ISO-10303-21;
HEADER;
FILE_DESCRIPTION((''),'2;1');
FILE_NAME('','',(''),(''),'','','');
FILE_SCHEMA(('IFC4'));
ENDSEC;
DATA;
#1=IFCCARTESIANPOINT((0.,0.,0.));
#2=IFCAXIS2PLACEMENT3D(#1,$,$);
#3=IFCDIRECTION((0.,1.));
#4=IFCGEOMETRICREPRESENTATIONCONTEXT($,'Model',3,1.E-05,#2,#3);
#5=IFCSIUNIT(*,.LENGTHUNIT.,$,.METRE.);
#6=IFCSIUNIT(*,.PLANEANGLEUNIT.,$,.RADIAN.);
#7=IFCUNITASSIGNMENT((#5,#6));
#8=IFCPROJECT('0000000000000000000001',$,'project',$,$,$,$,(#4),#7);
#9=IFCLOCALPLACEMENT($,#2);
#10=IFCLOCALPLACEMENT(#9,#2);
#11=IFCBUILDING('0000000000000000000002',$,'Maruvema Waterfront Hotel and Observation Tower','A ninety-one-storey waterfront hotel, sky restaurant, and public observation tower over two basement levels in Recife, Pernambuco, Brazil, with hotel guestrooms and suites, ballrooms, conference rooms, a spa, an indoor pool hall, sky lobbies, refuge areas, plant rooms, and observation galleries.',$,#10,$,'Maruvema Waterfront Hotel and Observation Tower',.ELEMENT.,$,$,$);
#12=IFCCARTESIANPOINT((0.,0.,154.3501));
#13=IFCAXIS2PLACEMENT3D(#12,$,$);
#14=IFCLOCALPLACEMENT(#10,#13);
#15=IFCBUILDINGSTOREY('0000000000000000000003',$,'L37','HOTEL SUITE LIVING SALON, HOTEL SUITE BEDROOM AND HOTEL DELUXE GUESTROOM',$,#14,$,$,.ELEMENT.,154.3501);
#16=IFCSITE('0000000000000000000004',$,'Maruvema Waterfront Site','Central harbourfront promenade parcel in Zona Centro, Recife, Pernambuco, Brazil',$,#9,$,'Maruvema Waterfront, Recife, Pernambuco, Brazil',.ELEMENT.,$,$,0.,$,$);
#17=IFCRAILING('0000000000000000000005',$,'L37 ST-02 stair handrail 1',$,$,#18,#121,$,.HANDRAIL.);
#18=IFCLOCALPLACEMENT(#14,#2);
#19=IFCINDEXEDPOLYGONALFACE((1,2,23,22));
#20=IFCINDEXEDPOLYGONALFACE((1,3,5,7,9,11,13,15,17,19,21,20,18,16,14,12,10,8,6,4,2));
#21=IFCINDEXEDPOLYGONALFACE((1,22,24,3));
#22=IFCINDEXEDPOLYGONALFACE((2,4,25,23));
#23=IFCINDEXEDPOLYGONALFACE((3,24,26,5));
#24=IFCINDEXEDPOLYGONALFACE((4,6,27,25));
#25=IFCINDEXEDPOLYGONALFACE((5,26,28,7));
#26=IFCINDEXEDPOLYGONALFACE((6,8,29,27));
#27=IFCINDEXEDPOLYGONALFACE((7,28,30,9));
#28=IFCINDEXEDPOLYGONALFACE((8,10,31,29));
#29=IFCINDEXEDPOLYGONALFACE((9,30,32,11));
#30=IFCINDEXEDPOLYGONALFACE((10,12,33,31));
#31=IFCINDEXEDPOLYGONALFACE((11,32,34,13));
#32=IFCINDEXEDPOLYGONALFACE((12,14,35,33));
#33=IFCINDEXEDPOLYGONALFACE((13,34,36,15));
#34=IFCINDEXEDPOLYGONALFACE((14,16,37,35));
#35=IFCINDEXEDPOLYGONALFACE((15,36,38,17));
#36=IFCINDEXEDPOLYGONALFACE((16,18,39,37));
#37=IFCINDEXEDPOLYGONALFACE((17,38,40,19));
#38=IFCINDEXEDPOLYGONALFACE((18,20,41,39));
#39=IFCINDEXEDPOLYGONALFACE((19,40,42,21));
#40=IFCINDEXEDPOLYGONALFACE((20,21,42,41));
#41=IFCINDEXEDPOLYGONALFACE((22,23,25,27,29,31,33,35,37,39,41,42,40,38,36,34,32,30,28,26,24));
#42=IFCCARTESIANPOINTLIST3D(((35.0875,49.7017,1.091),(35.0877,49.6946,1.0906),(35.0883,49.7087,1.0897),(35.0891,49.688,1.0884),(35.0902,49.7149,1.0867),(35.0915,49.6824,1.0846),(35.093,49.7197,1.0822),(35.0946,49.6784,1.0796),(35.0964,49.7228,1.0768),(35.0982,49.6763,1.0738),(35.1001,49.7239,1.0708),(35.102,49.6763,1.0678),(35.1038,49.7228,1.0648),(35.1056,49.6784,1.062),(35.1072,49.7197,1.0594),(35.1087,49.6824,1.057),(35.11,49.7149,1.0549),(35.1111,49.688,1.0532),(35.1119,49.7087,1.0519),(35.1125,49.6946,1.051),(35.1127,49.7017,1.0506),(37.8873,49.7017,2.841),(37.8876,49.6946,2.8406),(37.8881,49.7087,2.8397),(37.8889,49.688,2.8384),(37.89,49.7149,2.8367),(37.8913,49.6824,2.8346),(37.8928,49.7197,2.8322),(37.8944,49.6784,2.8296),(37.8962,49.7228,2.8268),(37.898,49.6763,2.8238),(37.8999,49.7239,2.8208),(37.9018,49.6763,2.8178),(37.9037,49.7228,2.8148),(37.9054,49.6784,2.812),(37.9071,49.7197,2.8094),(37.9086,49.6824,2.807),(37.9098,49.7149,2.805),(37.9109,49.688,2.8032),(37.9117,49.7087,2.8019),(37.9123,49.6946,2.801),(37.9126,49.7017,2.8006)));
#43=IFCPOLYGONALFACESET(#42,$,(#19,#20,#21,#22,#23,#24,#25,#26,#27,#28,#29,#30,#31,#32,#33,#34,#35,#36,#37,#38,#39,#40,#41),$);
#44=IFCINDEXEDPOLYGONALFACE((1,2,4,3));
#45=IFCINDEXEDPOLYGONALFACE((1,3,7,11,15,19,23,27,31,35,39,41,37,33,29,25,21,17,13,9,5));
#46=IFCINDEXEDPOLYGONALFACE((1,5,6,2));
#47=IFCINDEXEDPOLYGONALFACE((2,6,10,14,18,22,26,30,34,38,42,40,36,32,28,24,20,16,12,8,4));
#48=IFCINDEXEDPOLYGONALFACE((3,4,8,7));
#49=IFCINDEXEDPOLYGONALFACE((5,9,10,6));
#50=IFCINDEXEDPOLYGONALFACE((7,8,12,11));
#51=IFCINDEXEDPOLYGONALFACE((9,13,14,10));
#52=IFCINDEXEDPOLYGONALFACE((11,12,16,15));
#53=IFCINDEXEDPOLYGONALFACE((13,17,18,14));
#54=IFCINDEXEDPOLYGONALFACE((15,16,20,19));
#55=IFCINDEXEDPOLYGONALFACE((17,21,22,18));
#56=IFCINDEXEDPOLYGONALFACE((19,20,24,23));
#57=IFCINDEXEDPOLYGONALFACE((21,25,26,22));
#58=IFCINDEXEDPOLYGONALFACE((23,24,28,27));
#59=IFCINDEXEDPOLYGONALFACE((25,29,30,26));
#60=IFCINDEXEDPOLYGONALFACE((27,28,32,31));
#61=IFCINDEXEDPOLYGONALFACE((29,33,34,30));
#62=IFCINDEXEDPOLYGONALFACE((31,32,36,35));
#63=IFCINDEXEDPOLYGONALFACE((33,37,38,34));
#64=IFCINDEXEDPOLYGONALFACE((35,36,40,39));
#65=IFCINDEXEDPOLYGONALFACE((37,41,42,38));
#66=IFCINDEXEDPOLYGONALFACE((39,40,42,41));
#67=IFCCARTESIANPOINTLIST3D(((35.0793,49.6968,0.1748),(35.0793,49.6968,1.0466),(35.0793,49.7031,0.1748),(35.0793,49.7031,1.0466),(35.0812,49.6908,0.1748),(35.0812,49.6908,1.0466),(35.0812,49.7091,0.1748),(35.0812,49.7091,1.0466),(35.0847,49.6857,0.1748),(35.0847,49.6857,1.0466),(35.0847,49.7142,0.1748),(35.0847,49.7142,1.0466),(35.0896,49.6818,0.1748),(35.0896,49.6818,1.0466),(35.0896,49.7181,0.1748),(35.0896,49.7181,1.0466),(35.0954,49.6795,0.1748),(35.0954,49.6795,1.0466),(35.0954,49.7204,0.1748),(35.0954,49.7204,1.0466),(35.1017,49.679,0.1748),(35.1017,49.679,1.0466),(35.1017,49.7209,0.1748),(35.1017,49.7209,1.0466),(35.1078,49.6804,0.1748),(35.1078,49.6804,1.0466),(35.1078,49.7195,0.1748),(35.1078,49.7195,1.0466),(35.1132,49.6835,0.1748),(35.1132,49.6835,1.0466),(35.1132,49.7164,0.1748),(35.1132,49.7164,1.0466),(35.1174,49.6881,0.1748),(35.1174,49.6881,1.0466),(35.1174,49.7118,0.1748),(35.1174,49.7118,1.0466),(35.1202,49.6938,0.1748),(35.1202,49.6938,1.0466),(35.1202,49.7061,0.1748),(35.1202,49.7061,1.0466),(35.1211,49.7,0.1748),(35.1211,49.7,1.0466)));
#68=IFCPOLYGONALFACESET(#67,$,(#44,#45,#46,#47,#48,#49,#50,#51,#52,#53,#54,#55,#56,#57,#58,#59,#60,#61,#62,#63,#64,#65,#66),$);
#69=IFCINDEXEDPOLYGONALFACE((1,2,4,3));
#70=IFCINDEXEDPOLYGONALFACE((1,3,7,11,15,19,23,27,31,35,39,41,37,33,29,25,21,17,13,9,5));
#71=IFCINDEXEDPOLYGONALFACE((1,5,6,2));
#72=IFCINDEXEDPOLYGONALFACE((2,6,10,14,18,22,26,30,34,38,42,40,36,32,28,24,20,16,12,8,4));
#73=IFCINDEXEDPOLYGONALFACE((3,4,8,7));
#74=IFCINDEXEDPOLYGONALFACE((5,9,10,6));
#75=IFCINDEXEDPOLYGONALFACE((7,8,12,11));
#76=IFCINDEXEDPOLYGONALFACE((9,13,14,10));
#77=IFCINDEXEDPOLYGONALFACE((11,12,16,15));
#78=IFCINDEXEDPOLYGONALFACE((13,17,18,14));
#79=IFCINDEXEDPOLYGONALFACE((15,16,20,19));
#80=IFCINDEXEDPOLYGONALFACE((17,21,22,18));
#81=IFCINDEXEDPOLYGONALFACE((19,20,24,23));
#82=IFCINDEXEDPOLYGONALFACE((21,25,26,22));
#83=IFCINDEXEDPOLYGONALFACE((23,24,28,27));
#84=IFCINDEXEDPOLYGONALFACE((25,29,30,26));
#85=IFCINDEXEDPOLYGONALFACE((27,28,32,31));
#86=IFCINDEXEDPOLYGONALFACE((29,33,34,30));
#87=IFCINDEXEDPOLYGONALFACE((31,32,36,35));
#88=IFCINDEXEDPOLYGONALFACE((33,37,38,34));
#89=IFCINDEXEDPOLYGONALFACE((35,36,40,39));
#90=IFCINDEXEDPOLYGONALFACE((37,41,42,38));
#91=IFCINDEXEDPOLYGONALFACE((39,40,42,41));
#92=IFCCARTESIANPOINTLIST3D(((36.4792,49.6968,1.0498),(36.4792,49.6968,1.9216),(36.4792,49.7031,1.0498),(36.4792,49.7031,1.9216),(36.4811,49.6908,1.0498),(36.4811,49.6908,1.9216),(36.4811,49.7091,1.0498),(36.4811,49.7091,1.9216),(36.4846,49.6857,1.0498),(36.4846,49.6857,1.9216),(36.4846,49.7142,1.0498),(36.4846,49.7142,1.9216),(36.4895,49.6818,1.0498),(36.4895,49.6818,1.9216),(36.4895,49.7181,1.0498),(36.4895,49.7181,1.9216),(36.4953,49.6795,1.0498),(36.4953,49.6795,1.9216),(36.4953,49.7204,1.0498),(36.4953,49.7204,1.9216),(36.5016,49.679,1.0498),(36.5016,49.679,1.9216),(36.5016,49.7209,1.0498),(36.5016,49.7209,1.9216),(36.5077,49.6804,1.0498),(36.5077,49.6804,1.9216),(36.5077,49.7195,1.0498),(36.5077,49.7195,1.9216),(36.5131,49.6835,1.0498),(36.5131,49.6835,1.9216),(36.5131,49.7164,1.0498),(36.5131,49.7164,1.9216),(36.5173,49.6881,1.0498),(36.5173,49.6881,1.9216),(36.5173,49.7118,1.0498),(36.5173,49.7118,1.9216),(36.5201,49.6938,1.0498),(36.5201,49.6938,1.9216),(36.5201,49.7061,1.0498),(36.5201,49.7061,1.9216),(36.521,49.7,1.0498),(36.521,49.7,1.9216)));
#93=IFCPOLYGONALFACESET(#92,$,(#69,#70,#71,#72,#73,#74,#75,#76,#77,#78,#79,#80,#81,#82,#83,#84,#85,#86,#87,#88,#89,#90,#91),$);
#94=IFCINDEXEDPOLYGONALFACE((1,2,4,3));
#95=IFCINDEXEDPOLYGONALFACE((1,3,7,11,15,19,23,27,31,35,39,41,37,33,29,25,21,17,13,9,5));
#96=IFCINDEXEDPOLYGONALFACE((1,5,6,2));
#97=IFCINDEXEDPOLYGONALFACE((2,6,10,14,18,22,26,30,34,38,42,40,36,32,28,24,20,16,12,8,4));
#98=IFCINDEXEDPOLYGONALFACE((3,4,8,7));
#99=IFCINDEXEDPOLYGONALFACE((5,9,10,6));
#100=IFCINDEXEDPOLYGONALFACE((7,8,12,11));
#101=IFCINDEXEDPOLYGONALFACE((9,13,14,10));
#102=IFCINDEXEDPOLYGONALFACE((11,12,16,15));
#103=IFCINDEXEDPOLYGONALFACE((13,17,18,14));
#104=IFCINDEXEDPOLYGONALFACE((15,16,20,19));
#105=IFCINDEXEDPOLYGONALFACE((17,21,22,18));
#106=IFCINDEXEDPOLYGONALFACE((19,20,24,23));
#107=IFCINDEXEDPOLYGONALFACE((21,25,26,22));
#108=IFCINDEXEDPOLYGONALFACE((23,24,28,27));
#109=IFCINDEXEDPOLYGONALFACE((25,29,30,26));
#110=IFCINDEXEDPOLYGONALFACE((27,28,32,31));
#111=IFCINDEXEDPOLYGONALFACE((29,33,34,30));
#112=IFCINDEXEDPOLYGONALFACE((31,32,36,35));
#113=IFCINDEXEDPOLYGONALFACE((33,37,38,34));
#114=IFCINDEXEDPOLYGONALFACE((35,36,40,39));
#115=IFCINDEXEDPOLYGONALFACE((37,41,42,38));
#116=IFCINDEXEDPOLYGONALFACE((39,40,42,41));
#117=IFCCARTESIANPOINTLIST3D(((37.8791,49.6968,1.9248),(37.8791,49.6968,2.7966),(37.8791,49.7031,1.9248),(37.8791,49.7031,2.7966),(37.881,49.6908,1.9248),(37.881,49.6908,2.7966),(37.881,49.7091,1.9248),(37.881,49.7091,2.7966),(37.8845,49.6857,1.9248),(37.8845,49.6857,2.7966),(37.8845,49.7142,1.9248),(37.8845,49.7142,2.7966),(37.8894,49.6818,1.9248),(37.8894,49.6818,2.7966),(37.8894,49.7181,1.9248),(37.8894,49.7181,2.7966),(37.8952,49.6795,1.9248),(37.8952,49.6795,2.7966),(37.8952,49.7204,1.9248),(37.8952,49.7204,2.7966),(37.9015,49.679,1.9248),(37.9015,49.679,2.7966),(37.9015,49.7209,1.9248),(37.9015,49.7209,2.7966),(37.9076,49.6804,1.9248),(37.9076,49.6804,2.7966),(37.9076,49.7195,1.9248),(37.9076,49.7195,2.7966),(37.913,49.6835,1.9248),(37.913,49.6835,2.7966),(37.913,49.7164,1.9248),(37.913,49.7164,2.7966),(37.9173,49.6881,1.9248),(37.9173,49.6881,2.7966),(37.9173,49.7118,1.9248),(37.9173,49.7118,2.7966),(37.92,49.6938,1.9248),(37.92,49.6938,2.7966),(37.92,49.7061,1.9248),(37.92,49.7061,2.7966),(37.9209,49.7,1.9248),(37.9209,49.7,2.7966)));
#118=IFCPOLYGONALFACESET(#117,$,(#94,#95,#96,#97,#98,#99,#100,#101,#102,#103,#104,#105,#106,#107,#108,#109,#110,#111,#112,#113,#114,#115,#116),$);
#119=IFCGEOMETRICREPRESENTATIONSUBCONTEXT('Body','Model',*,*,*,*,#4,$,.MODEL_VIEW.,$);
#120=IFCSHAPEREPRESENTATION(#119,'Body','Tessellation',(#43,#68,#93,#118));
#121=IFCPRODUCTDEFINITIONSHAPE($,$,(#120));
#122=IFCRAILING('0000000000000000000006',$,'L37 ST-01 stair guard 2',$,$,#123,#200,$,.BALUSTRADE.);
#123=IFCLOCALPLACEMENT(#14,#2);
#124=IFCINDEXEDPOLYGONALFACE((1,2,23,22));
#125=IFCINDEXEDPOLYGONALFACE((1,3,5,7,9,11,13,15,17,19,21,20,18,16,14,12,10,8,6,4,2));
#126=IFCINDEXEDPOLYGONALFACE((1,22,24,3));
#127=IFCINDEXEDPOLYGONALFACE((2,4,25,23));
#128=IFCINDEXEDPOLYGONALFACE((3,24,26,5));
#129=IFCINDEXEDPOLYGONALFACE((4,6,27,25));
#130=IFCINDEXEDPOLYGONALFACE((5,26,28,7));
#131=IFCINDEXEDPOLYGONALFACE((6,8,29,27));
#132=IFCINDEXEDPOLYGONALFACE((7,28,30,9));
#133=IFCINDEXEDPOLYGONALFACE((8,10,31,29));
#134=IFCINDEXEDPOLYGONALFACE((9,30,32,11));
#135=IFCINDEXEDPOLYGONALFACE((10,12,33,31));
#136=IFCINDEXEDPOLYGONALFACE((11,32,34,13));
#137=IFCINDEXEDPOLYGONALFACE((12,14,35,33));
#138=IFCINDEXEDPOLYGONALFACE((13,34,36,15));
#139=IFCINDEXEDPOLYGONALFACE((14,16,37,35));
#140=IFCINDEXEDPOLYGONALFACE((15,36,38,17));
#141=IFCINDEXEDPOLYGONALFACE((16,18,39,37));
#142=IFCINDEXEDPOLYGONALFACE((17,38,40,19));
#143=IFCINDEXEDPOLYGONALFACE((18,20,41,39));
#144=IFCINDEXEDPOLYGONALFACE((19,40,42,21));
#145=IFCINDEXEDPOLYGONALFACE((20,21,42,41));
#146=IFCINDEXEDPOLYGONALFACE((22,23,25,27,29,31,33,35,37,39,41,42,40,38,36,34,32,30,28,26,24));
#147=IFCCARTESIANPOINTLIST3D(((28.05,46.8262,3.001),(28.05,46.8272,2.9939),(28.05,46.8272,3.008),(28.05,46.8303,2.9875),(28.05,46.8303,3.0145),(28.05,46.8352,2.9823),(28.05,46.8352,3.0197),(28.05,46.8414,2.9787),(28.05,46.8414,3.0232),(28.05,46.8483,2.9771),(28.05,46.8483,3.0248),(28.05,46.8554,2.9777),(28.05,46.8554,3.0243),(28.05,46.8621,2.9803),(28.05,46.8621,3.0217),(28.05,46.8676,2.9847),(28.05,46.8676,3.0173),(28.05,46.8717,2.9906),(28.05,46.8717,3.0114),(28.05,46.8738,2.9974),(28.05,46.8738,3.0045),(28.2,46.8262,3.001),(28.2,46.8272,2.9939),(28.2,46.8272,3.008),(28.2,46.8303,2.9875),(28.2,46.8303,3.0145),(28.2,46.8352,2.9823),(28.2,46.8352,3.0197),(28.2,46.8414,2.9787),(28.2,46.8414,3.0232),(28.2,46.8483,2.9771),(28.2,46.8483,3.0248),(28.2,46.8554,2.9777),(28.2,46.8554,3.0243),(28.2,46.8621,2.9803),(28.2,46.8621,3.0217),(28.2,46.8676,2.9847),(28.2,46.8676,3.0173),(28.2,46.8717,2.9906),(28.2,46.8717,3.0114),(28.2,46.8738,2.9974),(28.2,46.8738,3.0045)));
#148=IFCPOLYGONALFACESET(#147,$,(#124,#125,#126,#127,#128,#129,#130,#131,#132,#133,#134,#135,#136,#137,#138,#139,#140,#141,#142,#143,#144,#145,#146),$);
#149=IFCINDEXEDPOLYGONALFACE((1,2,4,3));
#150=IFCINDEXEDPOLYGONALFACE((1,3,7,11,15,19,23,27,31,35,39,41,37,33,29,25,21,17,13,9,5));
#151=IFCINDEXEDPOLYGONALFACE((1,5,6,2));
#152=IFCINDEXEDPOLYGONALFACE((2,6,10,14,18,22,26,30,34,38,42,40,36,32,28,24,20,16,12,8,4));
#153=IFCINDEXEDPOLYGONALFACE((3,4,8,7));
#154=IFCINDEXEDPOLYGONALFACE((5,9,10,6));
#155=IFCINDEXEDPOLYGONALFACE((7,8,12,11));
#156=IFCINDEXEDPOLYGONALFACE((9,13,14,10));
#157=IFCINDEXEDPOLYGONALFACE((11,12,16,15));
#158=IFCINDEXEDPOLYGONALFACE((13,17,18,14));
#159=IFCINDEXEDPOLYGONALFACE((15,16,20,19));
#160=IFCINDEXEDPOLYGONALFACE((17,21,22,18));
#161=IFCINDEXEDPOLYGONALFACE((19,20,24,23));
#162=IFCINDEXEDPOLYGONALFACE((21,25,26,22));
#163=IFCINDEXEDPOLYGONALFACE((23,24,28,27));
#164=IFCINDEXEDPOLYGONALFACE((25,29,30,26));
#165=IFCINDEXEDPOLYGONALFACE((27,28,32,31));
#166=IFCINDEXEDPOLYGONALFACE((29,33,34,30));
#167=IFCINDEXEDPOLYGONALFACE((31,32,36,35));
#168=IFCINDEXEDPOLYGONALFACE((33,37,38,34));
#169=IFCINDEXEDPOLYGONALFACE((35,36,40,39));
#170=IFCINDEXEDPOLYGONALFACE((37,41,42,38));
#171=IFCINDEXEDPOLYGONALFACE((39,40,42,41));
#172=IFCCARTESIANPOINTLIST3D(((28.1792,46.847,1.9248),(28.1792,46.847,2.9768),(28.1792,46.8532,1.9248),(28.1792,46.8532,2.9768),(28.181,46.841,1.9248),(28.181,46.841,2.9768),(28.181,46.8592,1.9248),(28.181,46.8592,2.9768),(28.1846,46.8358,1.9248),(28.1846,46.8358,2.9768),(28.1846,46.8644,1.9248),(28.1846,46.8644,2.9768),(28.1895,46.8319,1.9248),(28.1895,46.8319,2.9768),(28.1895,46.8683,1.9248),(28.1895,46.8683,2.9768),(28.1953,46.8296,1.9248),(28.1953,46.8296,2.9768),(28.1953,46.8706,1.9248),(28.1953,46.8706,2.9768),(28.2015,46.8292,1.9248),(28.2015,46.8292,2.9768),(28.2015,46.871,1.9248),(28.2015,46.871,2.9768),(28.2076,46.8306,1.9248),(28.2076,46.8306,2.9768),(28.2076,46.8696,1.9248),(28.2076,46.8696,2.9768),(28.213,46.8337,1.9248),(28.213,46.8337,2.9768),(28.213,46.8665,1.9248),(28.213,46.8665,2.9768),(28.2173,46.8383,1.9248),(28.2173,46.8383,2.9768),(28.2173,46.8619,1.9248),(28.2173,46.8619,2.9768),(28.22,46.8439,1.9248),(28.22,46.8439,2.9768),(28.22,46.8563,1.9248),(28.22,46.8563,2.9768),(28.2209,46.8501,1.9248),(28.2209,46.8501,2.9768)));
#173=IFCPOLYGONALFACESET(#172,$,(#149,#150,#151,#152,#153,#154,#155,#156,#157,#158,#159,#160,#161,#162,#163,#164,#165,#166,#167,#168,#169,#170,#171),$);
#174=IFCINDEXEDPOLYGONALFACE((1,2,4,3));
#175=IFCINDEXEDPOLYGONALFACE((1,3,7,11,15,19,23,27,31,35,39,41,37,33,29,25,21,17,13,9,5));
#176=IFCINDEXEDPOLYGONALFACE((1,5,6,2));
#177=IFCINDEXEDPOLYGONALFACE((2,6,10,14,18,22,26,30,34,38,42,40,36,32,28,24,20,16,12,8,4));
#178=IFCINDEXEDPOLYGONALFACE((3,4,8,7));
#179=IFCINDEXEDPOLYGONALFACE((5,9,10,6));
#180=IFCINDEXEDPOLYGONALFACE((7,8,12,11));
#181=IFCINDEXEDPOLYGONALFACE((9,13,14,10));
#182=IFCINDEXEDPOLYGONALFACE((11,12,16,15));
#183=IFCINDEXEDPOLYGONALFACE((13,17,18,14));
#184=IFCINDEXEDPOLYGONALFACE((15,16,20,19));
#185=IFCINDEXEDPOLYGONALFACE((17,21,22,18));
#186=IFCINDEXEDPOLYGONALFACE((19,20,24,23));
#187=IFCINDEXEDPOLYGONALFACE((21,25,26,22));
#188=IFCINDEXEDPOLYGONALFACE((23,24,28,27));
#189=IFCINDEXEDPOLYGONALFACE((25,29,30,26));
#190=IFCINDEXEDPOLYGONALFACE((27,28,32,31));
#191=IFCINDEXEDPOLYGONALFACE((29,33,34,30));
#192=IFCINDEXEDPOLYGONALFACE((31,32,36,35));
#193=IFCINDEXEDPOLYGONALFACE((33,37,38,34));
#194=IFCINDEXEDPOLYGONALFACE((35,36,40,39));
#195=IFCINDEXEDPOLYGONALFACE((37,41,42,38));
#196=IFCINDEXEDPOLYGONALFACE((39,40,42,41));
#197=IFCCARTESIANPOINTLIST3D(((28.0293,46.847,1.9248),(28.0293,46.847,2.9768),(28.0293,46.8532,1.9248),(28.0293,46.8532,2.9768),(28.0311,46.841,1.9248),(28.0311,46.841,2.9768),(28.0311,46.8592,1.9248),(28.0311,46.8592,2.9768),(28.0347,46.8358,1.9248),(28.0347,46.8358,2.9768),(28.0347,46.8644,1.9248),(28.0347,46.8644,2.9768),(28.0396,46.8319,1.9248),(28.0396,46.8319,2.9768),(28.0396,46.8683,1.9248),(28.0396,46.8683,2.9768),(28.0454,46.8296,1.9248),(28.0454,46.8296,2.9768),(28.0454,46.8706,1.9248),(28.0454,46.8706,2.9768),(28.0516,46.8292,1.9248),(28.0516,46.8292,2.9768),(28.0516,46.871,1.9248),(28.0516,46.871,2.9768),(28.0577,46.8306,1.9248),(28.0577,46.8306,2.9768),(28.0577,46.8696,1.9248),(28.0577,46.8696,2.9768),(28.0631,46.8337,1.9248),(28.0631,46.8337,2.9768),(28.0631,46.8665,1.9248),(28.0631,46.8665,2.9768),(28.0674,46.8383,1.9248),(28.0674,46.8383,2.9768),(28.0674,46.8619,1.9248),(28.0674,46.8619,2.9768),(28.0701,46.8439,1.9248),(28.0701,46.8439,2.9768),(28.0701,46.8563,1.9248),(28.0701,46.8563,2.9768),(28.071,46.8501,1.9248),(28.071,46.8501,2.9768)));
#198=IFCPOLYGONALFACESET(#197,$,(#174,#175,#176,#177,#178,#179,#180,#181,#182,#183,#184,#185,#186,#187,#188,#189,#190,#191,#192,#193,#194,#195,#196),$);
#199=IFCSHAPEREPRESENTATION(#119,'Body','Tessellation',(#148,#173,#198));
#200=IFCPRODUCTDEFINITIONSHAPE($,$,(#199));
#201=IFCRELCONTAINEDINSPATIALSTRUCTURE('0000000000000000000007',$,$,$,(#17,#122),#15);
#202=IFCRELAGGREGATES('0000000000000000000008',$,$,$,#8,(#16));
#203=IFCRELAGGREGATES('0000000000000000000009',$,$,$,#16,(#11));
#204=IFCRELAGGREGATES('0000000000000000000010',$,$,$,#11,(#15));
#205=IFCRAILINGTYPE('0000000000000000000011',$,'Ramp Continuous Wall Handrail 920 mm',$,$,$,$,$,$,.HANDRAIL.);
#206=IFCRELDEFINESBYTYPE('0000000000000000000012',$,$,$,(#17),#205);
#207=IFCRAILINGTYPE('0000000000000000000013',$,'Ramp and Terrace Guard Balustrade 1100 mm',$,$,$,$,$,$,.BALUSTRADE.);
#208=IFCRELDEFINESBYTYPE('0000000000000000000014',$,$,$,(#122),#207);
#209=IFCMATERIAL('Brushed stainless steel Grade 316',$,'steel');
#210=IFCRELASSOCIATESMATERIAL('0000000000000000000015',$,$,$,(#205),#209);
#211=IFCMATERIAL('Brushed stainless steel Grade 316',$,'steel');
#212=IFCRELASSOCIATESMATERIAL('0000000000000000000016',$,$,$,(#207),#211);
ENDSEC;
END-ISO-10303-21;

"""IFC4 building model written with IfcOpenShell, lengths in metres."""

from ifc_helpers import new_model, si_unit, direction, frame, origin, origin_2d, place, context, subcontext, project, spatial, circle, extrude, material, type_object, element, save


model = new_model("IFC4")

# Units and contexts
model_context = context("Model", 3, precision=1e-05, world=origin(), true_north=direction((0.0, 1.0)))
body_context = subcontext(model_context, "Body", "Model", "MODEL_VIEW")
ifc_project = project(units=[si_unit("LENGTHUNIT", "METRE"), si_unit("PLANEANGLEUNIT", "RADIAN")], contexts=[model_context])

# Site, building, storey
site_placement = place(None, origin())
site = spatial("IfcSite", under=ifc_project, at=site_placement, Name="Maruvema Waterfront Site", Description="Central harbourfront promenade parcel in Zona Centro, Recife, Pernambuco, Brazil", LongName="Maruvema Waterfront, Recife, Pernambuco, Brazil", CompositionType="ELEMENT", RefElevation=0.0)
building_placement = place(site_placement, origin())
building = spatial("IfcBuilding", under=site, at=building_placement, Name="Maruvema Waterfront Hotel and Observation Tower", Description="A ninety-one-storey waterfront hotel, sky restaurant, and public observation tower over two basement levels in Recife, Pernambuco, Brazil, with hotel guestrooms and suites, ballrooms, conference rooms, a spa, an indoor pool hall, sky lobbies, refuge areas, plant rooms, and observation galleries.", LongName="Maruvema Waterfront Hotel and Observation Tower", CompositionType="ELEMENT")
storey_placement = place(building_placement, frame((0.0, 0.0, 154.3501)))
storey = spatial("IfcBuildingStorey", under=building, at=storey_placement, Name="L37", Description="HOTEL SUITE LIVING SALON, HOTEL SUITE BEDROOM AND HOTEL DELUXE GUESTROOM", CompositionType="ELEMENT", Elevation=154.3501)

# Railings
ifc_material_1 = material(Name="Brushed stainless steel Grade 316", Category="steel")
railing_type_1 = type_object("IfcRailingType", Name="Ramp Continuous Wall Handrail 920 mm", PredefinedType="HANDRAIL", material=ifc_material_1)
railing_1_placement = place(storey_placement, frame((35.1001, 49.7, 0.1748)))
element("IfcRailing", 1, at=railing_1_placement, inside=storey, type_object=railing_type_1, Name="L37 ST-02 stair handrail 1", PredefinedType="HANDRAIL", context=body_context, shape_type="SweptSolid", body=[
    extrude(circle(Radius=0.0239, at=origin_2d()), frame((0.0, 0.0, 0.896), z_axis=(0.847982, 0.0, 0.530026), x_axis=(0.0, 1.0, 0.0)), (0.0, 0.0, 1.0), 3.3018),
    extrude(circle(Radius=0.021, at=origin_2d()), origin(), (0.0, 0.0, 1.0), 0.8718),
    extrude(circle(Radius=0.021, at=origin_2d()), frame((1.3999, 0.0, 0.875)), (0.0, 0.0, 1.0), 0.8718),
    extrude(circle(Radius=0.021, at=origin_2d()), frame((2.7998, 0.0, 1.75)), (0.0, 0.0, 1.0), 0.8718),
])
ifc_material_2 = material(Name="Brushed stainless steel Grade 316", Category="steel")
railing_type_2 = type_object("IfcRailingType", Name="Ramp and Terrace Guard Balustrade 1100 mm", PredefinedType="BALUSTRADE", material=ifc_material_2)
railing_2_placement = place(storey_placement, frame((28.2, 46.8501, 1.9248)))
element("IfcRailing", 2, at=railing_2_placement, inside=storey, type_object=railing_type_2, Name="L37 ST-01 stair guard 2", PredefinedType="BALUSTRADE", context=body_context, shape_type="SweptSolid", body=[
    extrude(circle(Radius=0.0239, at=origin_2d()), frame((0.0, 0.0, 1.0762), z_axis=(-1.0, 0.0, 0.0), x_axis=(0.0, -1.0, 0.0)), (0.0, 0.0, 1.0), 0.1499),
    extrude(circle(Radius=0.021, at=origin_2d()), origin(), (0.0, 0.0, 1.0), 1.052),
    extrude(circle(Radius=0.021, at=origin_2d()), frame((-0.1499, 0.0, 0.0)), (0.0, 0.0, 1.0), 1.052),
])

save(model, "model.ifc")
